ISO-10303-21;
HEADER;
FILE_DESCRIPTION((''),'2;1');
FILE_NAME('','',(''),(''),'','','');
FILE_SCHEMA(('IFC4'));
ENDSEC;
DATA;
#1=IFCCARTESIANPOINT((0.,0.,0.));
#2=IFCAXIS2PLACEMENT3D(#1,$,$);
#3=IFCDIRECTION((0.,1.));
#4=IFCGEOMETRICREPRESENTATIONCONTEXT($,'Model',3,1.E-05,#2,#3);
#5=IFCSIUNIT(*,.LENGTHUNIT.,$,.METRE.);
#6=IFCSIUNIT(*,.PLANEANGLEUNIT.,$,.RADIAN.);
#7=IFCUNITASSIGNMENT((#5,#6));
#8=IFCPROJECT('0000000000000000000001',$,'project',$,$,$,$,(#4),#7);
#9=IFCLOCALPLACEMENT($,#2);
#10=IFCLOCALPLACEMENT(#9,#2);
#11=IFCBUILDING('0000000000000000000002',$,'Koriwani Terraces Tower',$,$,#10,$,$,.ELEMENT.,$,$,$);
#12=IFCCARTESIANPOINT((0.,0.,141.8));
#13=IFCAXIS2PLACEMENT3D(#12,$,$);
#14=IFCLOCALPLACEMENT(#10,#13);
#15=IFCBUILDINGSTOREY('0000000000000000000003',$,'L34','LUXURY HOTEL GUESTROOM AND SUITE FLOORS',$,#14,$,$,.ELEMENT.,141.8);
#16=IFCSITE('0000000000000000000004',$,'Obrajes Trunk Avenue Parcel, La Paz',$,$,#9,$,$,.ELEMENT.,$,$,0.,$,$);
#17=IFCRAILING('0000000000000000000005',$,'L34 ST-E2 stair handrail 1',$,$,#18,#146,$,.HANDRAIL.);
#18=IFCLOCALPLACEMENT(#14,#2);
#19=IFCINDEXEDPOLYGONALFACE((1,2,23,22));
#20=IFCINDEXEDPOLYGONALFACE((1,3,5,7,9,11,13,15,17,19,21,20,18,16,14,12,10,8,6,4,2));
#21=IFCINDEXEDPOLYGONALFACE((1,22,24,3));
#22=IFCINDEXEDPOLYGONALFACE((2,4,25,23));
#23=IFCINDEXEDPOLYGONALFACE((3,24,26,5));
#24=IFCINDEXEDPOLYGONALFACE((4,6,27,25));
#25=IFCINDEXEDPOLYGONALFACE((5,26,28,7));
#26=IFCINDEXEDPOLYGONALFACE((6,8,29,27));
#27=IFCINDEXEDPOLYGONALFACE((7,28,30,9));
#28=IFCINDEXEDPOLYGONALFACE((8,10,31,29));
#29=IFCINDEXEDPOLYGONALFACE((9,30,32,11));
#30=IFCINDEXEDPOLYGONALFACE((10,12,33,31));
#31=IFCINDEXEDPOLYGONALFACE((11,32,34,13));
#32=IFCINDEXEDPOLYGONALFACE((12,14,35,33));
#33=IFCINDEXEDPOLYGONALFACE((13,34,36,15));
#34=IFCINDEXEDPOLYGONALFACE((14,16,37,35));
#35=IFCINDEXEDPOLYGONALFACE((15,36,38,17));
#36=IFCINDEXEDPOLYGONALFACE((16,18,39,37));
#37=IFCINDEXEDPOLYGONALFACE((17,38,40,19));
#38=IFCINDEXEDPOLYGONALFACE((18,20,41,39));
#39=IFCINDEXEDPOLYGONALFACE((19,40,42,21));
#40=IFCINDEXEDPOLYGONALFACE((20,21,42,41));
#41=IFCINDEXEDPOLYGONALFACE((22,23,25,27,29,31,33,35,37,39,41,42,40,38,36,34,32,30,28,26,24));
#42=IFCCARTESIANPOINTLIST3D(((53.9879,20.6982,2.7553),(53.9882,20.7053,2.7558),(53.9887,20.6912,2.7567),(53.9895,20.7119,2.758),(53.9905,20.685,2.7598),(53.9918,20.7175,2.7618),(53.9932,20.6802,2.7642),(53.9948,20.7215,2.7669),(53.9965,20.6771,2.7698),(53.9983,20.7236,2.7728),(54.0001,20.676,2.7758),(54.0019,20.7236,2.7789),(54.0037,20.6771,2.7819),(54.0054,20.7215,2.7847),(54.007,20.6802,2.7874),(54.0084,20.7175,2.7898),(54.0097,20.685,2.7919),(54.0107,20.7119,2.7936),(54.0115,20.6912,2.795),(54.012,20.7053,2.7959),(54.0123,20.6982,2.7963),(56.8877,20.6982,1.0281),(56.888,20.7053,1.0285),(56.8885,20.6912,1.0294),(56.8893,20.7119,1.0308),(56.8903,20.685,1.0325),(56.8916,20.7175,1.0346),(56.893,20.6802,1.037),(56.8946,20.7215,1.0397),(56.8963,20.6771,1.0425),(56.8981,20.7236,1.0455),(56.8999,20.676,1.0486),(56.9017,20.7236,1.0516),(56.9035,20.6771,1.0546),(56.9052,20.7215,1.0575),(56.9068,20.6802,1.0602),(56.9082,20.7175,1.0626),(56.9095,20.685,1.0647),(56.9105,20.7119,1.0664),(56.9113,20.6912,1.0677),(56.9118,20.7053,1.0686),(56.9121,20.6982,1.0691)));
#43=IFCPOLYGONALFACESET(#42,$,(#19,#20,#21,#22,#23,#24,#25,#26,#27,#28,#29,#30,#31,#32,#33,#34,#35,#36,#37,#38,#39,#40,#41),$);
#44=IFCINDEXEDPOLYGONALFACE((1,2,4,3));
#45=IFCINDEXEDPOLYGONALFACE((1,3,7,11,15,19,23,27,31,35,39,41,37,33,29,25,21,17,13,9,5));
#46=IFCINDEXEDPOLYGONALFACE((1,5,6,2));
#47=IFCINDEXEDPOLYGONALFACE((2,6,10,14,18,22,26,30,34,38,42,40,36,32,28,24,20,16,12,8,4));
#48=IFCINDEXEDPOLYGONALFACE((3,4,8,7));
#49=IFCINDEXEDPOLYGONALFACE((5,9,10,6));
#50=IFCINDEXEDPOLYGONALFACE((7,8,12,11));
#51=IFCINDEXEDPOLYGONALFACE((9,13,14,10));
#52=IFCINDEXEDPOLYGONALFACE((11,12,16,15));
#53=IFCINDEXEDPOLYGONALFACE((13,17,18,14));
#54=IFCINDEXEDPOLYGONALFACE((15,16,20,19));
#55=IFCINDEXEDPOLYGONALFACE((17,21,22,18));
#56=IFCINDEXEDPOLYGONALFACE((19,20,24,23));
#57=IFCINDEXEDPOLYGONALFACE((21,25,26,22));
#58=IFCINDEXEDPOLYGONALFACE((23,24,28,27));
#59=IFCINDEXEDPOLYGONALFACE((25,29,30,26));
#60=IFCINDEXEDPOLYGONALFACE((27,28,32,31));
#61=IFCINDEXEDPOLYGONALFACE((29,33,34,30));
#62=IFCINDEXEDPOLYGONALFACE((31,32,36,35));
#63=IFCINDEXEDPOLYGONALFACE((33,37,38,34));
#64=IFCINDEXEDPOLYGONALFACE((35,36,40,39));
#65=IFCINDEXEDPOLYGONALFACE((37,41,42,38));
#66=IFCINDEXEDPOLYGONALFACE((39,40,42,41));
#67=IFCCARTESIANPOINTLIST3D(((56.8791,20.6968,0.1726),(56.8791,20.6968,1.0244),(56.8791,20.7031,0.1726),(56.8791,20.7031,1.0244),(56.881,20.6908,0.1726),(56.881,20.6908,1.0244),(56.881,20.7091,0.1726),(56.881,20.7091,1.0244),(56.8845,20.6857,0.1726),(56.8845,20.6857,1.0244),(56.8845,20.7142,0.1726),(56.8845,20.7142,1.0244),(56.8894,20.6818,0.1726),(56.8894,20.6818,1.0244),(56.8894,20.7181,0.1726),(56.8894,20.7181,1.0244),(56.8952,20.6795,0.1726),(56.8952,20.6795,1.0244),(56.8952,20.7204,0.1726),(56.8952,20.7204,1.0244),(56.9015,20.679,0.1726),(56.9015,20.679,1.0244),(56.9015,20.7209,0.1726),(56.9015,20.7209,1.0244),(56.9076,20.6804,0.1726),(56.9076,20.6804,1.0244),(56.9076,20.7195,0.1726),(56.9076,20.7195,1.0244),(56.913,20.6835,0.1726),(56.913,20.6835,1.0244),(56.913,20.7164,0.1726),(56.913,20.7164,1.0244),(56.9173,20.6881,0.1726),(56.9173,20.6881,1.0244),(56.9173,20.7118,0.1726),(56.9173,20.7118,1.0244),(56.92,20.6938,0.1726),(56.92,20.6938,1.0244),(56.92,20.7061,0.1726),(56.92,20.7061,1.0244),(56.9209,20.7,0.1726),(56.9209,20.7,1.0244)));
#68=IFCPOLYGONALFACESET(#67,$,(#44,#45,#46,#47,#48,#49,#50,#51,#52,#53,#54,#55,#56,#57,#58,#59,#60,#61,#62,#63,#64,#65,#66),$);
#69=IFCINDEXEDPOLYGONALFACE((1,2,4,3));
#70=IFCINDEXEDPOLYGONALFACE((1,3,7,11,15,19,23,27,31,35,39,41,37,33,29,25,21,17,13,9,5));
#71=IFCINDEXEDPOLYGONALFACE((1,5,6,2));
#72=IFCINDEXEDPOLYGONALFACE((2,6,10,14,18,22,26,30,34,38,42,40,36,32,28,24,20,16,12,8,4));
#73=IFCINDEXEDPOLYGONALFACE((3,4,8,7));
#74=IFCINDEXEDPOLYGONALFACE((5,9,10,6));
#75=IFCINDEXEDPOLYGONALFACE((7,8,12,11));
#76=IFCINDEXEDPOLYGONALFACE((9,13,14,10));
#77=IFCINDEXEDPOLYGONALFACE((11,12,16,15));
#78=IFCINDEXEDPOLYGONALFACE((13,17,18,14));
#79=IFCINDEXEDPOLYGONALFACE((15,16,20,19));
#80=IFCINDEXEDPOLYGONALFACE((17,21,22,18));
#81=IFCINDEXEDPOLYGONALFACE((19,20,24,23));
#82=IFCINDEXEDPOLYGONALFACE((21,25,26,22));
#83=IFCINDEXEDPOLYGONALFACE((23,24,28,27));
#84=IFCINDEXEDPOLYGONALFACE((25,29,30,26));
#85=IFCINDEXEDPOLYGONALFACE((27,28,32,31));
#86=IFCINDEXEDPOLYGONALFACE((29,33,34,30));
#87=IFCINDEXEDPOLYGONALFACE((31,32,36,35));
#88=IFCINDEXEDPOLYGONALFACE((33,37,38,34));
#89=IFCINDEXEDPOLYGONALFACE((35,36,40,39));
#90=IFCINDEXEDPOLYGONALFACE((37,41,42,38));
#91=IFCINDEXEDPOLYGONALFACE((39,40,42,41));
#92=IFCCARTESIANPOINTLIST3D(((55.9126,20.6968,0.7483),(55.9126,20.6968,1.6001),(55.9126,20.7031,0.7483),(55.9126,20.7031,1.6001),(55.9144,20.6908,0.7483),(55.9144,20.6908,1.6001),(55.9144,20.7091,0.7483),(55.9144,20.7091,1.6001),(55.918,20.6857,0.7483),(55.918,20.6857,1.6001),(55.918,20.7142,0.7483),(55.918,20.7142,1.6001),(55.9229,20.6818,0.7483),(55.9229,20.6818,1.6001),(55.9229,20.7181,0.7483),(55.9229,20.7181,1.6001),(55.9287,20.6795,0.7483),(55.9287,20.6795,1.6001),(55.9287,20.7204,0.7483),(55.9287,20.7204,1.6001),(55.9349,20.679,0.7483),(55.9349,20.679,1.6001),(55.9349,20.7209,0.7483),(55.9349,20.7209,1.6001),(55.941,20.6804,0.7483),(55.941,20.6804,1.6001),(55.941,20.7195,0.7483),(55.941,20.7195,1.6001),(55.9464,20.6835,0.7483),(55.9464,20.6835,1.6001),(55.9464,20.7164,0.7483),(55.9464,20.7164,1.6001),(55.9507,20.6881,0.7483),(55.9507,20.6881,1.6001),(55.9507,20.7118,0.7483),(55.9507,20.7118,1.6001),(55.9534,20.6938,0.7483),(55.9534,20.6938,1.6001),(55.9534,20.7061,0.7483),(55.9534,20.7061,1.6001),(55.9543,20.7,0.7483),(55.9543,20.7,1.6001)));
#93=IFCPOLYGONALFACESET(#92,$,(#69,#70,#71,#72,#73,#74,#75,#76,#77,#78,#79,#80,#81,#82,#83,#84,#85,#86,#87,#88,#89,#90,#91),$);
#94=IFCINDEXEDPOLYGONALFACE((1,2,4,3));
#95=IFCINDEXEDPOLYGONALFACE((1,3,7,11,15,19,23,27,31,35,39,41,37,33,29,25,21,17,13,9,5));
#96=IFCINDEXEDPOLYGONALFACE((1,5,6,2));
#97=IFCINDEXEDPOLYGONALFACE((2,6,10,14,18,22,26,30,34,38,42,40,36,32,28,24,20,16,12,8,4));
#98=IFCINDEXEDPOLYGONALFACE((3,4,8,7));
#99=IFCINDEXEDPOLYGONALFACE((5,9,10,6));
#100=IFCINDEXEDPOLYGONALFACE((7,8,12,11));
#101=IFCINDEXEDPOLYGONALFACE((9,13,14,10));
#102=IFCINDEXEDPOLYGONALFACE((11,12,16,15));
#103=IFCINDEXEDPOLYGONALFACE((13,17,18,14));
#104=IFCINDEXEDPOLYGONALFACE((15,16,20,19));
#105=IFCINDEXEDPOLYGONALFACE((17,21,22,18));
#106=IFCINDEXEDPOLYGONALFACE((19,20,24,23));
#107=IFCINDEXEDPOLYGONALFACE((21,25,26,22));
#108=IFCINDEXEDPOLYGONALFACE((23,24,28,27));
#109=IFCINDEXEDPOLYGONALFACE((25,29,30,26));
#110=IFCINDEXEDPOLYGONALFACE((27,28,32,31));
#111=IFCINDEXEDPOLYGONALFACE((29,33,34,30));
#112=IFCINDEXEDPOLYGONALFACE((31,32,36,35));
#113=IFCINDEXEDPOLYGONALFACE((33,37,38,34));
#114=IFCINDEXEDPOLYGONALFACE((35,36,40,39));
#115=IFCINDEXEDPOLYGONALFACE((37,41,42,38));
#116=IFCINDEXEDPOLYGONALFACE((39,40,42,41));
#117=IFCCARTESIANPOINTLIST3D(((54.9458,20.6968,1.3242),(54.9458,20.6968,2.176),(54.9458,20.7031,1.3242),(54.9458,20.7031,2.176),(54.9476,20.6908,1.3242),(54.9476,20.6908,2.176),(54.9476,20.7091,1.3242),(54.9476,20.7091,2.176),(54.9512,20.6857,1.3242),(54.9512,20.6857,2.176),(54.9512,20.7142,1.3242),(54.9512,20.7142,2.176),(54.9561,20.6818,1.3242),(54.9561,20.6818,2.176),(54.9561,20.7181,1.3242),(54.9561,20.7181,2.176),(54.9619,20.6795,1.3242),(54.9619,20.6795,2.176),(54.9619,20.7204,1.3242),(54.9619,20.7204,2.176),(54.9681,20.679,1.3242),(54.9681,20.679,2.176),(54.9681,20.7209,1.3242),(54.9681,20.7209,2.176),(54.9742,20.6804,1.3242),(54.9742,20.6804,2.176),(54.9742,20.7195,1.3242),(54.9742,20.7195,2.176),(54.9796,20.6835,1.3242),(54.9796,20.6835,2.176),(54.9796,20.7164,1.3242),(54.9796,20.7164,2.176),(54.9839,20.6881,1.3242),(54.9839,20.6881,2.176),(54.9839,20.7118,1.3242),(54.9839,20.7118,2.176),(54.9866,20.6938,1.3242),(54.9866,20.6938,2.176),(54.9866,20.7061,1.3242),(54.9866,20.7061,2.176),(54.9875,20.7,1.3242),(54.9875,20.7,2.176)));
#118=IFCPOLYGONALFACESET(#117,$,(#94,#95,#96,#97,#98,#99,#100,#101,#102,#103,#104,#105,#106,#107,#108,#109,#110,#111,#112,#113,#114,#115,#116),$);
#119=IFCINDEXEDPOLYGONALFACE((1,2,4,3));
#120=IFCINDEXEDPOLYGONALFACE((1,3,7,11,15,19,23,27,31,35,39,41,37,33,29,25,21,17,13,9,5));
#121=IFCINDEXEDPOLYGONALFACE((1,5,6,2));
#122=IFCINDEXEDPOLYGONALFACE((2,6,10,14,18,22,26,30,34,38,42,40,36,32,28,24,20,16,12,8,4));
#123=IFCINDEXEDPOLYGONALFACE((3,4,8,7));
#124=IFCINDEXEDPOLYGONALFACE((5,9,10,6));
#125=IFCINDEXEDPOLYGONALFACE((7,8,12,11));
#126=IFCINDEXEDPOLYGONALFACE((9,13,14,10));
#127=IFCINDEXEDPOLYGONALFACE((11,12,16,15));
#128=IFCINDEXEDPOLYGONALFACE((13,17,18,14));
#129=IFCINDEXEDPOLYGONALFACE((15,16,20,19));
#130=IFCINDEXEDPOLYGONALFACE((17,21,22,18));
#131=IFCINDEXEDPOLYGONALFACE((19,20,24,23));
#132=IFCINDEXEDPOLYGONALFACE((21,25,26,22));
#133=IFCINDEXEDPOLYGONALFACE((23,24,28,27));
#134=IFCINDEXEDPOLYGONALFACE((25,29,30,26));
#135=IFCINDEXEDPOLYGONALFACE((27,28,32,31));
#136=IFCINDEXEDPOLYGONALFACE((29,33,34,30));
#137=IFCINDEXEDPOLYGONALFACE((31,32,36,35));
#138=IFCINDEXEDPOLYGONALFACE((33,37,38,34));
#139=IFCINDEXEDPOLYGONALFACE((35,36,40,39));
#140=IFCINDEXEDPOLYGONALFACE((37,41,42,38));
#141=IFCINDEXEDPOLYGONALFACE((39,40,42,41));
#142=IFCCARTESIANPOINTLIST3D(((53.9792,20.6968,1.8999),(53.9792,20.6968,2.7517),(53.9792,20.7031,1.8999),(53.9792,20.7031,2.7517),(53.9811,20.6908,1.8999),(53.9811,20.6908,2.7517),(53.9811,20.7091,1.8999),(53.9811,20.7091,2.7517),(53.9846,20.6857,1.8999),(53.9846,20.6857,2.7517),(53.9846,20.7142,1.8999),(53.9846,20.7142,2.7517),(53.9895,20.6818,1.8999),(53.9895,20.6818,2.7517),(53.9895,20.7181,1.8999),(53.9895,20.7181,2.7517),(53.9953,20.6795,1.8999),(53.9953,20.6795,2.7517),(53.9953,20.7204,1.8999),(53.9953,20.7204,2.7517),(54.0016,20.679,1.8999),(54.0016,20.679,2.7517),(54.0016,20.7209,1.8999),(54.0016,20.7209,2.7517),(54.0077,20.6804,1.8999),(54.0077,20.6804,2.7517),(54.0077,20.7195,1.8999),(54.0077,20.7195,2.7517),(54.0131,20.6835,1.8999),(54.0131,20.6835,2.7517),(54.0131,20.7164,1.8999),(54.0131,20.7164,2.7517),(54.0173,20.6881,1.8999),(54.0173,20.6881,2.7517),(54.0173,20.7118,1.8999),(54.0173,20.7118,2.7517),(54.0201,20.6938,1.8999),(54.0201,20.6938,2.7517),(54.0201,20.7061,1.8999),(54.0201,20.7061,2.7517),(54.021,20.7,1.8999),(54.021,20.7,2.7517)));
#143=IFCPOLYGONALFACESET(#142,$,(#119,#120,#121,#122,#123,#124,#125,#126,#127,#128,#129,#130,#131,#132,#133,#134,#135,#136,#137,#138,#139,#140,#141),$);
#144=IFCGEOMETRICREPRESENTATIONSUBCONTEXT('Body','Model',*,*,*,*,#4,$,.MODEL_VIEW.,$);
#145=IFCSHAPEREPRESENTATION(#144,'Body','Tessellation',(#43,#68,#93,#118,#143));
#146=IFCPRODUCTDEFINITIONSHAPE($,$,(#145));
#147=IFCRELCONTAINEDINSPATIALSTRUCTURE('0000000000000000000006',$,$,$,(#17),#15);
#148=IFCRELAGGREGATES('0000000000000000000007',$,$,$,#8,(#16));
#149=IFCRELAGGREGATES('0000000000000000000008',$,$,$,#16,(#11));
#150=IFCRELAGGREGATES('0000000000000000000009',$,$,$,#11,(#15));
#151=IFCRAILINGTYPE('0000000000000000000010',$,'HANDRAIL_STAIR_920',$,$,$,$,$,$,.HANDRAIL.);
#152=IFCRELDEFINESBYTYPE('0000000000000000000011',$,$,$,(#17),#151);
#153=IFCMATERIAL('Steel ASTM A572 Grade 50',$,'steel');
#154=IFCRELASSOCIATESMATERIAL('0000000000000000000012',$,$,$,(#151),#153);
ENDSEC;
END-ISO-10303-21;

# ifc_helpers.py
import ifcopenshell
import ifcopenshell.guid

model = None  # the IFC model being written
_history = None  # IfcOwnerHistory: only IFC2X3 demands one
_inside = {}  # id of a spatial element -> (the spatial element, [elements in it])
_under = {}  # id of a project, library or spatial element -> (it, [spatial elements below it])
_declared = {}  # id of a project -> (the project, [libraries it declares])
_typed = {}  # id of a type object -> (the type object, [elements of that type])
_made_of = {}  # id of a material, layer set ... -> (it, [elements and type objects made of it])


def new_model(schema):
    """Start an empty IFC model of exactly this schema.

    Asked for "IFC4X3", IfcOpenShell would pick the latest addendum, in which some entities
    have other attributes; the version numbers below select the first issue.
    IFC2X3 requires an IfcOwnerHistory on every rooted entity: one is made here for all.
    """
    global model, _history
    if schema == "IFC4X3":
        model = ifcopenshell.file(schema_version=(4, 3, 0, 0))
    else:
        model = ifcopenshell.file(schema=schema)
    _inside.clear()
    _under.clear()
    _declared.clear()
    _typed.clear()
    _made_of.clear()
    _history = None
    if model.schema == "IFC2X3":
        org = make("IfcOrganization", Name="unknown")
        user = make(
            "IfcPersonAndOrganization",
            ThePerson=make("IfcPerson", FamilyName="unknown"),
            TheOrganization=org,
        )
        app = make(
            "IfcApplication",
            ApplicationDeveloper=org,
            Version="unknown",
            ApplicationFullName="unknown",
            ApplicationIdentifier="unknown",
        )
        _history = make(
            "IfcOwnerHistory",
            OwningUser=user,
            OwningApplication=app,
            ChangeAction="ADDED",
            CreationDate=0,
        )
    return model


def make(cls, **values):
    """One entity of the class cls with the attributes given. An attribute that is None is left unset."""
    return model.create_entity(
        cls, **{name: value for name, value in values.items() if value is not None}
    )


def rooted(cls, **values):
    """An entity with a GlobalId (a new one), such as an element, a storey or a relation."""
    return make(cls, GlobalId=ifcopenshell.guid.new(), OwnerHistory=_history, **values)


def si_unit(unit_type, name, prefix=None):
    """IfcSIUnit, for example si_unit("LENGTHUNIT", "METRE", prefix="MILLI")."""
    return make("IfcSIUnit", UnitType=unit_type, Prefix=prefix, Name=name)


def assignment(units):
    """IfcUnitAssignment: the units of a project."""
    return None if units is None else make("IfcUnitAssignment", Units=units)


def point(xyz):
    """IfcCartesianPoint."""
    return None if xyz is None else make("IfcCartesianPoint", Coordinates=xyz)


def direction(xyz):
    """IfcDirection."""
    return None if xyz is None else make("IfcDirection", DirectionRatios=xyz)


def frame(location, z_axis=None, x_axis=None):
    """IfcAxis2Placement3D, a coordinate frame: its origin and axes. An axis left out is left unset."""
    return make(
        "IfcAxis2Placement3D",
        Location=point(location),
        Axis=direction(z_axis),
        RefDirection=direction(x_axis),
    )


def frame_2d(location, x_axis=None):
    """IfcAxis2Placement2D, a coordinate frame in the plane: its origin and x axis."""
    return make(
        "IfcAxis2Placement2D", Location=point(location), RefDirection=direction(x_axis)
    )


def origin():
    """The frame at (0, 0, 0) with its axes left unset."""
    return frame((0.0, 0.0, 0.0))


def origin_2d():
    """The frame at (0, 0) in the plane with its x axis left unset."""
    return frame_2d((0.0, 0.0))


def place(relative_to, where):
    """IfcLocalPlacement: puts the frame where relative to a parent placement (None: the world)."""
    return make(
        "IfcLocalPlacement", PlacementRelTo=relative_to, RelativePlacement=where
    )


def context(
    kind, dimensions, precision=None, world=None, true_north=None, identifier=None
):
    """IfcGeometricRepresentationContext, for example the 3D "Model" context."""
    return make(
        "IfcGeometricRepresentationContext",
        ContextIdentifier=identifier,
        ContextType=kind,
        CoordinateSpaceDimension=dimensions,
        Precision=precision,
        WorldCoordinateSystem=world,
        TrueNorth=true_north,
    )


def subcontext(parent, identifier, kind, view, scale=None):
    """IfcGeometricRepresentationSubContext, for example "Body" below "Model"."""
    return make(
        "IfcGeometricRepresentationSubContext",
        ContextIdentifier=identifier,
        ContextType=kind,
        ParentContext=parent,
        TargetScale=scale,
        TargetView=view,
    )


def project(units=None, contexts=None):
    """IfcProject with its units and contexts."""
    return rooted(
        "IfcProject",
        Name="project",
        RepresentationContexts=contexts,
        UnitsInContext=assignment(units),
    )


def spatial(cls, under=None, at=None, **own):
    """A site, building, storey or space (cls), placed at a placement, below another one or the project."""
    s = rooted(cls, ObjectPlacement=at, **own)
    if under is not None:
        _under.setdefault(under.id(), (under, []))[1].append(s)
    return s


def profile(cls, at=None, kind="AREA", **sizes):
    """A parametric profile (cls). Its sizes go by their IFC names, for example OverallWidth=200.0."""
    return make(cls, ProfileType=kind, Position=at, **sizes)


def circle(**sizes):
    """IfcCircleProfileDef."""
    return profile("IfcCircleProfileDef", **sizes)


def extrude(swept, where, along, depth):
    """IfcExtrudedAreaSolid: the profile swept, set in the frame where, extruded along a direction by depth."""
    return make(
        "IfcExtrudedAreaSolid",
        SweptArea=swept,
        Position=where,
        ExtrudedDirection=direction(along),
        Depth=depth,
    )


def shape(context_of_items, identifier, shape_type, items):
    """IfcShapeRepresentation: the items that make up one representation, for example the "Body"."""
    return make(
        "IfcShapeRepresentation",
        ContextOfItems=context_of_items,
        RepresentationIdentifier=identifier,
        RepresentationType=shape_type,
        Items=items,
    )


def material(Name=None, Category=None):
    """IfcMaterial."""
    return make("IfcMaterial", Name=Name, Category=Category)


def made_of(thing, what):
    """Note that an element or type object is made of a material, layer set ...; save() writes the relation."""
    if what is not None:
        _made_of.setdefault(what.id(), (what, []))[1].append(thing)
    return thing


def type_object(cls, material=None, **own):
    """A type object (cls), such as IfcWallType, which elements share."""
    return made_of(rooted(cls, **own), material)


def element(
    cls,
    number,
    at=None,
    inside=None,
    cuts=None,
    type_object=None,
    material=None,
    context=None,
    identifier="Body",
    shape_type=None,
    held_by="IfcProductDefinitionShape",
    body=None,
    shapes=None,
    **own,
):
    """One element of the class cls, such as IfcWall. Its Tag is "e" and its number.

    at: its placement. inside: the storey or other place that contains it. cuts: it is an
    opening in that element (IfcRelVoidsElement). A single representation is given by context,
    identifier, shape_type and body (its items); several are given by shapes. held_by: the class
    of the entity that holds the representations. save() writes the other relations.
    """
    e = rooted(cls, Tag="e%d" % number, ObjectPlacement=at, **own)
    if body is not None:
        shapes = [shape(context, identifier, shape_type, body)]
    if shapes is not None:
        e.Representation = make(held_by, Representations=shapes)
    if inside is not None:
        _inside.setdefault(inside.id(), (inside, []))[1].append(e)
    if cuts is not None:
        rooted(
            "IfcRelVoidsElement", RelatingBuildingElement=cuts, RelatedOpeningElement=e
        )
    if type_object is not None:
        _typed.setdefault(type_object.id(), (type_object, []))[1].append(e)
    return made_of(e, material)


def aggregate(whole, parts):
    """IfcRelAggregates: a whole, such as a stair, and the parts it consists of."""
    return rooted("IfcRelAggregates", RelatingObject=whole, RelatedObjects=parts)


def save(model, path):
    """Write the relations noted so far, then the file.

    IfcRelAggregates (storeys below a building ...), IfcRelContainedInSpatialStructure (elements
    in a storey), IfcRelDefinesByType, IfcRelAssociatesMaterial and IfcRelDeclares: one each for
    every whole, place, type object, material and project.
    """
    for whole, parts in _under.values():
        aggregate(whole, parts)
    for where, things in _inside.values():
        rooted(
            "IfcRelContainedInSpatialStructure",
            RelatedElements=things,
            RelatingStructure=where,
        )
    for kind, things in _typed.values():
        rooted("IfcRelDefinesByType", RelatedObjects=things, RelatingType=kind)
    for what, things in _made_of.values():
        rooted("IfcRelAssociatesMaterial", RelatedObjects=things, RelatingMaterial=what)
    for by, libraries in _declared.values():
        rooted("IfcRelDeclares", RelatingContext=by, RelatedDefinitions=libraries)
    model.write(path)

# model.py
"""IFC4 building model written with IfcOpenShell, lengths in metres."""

from ifc_helpers import new_model, si_unit, direction, frame, origin, origin_2d, place, context, subcontext, project, spatial, circle, extrude, material, type_object, element, save


model = new_model("IFC4")

# Units and contexts
model_context = context("Model", 3, precision=1e-05, world=origin(), true_north=direction((0.0, 1.0)))
body_context = subcontext(model_context, "Body", "Model", "MODEL_VIEW")
ifc_project = project(units=[si_unit("LENGTHUNIT", "METRE"), si_unit("PLANEANGLEUNIT", "RADIAN")], contexts=[model_context])

# Site, building, storey
site_placement = place(None, origin())
site = spatial("IfcSite", under=ifc_project, at=site_placement, Name="Obrajes Trunk Avenue Parcel, La Paz", CompositionType="ELEMENT", RefElevation=0.0)
building_placement = place(site_placement, origin())
building = spatial("IfcBuilding", under=site, at=building_placement, Name="Koriwani Terraces Tower", CompositionType="ELEMENT")
storey_placement = place(building_placement, frame((0.0, 0.0, 141.8)))
storey = spatial("IfcBuildingStorey", under=building, at=storey_placement, Name="L34", Description="LUXURY HOTEL GUESTROOM AND SUITE FLOORS", CompositionType="ELEMENT", Elevation=141.8)

# Shared definitions
ifc_material_1 = material(Name="Steel ASTM A572 Grade 50", Category="steel")

# Railing
railing_type_1 = type_object("IfcRailingType", Name="HANDRAIL_STAIR_920", PredefinedType="HANDRAIL", material=ifc_material_1)
railing_1_placement = place(storey_placement, frame((56.8999, 20.7, 0.1726)))
element("IfcRailing", 1, at=railing_1_placement, inside=storey, type_object=railing_type_1, Name="L34 ST-E2 stair handrail 1", PredefinedType="HANDRAIL", context=body_context, shape_type="SweptSolid", body=[
    extrude(circle(Radius=0.0239, at=origin_2d()), frame((0.0, 0.0, 0.876), z_axis=(-0.859141, 0.0, 0.511738), x_axis=(0.0, -1.0, 0.0)), (0.0, 0.0, 1.0), 3.3752),
    extrude(circle(Radius=0.021, at=origin_2d()), origin(), (0.0, 0.0, 1.0), 0.8518),
    extrude(circle(Radius=0.021, at=origin_2d()), frame((-0.9666, 0.0, 0.5757)), (0.0, 0.0, 1.0), 0.8518),
    extrude(circle(Radius=0.021, at=origin_2d()), frame((-1.9333, 0.0, 1.1516)), (0.0, 0.0, 1.0), 0.8518),
    extrude(circle(Radius=0.021, at=origin_2d()), frame((-2.8999, 0.0, 1.7273)), (0.0, 0.0, 1.0), 0.8518),
])

save(model, "model.ifc")
